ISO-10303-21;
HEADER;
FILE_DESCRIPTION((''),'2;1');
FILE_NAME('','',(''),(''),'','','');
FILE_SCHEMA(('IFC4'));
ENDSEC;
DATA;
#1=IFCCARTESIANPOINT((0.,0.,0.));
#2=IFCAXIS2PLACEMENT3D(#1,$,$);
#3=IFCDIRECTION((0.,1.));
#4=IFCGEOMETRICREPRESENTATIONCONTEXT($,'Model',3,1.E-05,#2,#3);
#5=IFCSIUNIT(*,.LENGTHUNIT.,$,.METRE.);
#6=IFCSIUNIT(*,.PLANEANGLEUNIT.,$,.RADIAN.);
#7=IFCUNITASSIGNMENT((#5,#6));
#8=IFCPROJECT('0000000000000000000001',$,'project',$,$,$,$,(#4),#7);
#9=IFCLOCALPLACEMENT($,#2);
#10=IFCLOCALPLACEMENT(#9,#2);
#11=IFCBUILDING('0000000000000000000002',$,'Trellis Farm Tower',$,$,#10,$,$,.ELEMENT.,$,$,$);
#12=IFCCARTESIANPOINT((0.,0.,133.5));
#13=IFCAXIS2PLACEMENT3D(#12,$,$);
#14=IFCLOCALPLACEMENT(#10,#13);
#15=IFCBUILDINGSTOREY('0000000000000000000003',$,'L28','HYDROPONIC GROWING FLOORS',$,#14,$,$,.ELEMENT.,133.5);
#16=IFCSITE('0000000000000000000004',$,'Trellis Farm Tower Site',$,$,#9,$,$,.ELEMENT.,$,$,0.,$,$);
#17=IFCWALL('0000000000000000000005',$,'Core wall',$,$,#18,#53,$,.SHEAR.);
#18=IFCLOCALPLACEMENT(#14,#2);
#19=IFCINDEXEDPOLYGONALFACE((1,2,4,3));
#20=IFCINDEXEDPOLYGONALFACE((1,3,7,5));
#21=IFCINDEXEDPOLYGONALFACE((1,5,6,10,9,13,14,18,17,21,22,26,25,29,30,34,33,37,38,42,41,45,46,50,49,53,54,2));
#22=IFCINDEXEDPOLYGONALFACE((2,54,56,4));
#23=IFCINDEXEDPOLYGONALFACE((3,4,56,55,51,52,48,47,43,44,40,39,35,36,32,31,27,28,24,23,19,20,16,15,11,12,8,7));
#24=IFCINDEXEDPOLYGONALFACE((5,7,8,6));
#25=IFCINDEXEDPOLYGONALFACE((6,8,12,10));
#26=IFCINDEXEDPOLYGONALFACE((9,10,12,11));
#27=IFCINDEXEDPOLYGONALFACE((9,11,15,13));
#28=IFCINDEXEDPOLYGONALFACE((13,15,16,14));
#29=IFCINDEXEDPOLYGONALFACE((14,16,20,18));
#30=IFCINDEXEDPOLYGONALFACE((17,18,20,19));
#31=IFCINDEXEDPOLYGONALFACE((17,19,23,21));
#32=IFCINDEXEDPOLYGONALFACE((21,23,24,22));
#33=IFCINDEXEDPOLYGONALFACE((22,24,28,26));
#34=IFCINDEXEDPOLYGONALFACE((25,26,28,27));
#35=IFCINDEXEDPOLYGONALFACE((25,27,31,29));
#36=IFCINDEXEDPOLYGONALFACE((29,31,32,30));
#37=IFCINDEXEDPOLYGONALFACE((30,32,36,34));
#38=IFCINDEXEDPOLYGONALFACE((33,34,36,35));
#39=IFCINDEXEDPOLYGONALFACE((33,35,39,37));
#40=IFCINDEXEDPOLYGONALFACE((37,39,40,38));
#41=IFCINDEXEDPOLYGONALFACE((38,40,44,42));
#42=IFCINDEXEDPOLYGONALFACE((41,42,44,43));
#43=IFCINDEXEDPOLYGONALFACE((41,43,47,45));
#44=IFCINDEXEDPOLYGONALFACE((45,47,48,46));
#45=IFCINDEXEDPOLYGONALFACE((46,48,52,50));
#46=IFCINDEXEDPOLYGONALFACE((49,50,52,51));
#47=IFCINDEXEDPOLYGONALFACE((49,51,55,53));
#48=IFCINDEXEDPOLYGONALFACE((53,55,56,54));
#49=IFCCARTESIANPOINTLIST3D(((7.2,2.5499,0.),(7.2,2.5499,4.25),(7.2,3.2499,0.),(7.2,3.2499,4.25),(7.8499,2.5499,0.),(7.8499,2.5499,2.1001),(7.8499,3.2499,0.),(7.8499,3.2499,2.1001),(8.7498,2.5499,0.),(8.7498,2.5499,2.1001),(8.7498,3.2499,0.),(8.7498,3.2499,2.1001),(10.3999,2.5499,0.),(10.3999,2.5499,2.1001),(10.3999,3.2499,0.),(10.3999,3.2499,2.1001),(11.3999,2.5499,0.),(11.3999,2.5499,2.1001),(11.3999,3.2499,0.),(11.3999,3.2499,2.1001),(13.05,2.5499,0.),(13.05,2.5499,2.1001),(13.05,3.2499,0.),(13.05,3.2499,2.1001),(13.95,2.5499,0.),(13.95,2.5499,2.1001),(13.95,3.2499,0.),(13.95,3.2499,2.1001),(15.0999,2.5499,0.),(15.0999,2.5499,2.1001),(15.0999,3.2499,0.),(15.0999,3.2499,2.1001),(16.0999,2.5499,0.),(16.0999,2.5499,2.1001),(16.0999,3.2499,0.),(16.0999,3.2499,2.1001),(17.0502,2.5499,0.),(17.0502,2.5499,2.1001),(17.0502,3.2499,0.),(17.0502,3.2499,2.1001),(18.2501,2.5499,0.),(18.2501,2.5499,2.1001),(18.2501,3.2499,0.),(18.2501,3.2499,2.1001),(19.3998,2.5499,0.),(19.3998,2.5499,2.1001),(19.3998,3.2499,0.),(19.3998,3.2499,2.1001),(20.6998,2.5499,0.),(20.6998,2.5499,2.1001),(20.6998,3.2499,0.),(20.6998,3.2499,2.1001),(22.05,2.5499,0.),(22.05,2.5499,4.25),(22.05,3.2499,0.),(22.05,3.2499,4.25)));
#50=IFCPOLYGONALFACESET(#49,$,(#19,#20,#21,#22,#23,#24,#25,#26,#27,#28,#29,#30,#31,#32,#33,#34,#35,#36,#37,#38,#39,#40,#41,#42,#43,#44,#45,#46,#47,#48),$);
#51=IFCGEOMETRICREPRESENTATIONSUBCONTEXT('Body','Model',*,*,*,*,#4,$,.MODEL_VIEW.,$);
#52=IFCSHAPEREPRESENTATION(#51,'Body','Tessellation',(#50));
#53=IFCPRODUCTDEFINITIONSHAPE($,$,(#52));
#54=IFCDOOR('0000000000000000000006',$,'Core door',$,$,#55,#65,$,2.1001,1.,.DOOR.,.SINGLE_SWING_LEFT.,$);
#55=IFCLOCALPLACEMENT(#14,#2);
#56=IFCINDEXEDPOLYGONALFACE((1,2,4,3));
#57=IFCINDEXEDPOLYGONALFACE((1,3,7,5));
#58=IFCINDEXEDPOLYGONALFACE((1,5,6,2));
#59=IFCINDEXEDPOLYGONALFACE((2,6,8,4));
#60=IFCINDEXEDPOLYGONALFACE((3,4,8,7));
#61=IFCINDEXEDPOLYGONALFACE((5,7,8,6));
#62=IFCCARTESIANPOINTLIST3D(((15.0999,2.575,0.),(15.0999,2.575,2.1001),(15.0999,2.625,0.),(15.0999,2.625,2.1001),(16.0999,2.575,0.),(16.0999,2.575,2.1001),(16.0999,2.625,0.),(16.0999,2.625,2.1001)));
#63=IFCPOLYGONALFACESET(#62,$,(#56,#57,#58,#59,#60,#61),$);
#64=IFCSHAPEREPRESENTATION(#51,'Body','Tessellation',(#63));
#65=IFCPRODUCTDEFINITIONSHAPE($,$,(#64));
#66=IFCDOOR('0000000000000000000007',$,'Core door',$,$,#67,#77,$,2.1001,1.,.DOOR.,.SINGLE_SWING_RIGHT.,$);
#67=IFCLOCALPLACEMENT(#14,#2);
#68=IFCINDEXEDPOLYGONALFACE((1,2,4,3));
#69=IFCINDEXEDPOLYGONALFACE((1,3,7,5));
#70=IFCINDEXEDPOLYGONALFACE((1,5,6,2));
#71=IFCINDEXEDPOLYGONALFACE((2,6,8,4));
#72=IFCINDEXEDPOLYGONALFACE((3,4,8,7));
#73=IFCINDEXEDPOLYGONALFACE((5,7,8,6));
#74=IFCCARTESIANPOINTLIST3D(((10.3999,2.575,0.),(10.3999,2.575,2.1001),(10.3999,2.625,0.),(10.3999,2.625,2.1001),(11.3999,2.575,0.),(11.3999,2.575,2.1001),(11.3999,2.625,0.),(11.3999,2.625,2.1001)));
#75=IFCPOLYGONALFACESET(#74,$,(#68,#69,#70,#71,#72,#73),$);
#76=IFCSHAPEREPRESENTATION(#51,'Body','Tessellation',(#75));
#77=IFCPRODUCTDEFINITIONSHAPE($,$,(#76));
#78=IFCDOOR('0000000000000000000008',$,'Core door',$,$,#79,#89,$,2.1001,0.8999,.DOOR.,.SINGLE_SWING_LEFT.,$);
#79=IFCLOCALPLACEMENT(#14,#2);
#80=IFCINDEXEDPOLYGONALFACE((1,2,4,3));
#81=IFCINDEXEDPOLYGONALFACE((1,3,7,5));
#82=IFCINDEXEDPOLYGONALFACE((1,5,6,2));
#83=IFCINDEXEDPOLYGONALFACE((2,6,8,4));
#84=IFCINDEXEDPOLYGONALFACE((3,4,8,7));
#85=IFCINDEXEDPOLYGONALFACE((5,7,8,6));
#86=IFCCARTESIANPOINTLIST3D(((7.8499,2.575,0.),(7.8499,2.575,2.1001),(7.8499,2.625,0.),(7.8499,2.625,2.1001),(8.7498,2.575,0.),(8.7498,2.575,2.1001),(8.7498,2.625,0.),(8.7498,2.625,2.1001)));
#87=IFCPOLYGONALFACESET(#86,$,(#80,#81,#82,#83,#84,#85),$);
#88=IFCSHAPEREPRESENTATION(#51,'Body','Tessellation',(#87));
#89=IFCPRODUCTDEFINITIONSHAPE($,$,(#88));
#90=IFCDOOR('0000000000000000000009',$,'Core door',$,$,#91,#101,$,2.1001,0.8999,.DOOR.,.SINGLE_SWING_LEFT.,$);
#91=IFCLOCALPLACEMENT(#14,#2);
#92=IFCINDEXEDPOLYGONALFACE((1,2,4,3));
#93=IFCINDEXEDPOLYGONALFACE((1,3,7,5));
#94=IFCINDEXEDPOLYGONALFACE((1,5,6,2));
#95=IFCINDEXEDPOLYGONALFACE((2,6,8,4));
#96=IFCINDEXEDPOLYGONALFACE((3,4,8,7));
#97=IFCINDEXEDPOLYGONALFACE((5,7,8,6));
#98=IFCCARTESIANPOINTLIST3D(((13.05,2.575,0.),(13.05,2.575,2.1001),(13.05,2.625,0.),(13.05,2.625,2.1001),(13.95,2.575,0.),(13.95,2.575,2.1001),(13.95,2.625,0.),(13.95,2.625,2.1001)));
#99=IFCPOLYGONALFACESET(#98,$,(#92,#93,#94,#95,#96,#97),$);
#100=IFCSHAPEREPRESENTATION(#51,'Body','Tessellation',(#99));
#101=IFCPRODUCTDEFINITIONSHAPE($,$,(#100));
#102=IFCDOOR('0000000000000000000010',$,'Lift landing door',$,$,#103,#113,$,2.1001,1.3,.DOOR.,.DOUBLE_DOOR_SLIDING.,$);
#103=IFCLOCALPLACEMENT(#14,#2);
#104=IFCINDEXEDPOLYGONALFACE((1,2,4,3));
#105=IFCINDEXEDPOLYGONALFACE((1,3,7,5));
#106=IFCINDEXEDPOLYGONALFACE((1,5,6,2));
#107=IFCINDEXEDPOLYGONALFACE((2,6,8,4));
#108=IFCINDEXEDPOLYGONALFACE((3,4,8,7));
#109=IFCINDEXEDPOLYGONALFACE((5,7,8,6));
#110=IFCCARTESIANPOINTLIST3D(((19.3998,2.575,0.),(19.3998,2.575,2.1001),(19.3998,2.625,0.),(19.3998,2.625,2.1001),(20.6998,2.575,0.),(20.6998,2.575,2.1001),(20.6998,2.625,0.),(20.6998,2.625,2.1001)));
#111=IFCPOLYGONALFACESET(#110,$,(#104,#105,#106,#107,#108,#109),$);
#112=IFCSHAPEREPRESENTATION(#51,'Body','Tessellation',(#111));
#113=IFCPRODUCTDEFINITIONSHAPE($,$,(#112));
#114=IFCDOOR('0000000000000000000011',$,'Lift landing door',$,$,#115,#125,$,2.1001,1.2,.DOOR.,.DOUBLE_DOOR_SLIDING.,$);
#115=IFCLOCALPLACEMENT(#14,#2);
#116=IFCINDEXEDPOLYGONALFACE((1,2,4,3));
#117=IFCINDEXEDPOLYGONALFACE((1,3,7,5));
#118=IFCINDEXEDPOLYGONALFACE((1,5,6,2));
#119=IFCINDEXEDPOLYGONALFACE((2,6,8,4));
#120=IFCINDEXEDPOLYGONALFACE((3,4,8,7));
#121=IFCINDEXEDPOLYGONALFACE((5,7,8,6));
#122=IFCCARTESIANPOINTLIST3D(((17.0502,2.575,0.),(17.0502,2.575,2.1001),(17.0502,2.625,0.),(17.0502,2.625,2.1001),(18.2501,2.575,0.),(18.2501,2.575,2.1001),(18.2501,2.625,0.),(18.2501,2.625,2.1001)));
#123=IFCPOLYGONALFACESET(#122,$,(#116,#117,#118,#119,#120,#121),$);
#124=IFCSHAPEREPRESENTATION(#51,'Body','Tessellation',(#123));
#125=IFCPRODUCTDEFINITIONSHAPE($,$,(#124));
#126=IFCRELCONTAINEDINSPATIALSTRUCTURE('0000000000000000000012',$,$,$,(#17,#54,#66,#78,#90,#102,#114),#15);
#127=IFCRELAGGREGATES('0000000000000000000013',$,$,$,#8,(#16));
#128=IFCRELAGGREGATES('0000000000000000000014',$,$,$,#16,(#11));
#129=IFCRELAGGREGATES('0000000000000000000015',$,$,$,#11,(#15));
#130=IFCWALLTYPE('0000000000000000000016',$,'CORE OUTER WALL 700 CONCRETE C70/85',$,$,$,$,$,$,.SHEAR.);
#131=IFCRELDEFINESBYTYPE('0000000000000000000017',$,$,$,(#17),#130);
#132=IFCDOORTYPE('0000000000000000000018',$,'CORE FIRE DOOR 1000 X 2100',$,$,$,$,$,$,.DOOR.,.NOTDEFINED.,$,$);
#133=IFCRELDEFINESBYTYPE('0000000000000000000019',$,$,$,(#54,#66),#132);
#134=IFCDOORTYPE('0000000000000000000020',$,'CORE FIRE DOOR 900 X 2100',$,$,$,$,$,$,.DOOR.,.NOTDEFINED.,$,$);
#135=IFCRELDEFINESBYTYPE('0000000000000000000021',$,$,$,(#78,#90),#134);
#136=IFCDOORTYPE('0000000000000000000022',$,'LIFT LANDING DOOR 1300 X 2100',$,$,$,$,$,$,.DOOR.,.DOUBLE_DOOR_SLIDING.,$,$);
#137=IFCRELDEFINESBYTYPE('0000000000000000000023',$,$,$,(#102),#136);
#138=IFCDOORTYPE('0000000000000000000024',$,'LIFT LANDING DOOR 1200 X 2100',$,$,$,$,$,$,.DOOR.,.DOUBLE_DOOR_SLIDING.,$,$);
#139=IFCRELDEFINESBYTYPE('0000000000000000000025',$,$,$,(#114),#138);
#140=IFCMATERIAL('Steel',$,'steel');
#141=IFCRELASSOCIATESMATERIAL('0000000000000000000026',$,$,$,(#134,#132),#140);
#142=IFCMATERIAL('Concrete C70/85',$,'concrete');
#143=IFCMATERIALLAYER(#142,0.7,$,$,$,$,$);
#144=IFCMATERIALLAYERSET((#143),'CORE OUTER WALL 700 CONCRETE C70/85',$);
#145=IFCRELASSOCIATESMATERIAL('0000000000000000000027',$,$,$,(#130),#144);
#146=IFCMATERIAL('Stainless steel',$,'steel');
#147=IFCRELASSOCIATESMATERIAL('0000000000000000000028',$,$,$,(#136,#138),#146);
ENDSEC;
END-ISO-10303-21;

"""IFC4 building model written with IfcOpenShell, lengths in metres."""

from ifc_helpers import new_model, si_unit, direction, frame, frame_2d, origin, place, context, subcontext, project, spatial, rectangle, extrude, source, transform, mapped, material, layer, layer_set, type_object, element, fill, save


model = new_model("IFC4")

# Units and contexts
model_context = context("Model", 3, precision=1e-05, world=origin(), true_north=direction((0.0, 1.0)))
body_context = subcontext(model_context, "Body", "Model", "MODEL_VIEW")
ifc_project = project(units=[si_unit("LENGTHUNIT", "METRE"), si_unit("PLANEANGLEUNIT", "RADIAN")], contexts=[model_context])

# Site, building, storey
site_placement = place(None, origin())
site = spatial("IfcSite", under=ifc_project, at=site_placement, Name="Trellis Farm Tower Site", CompositionType="ELEMENT", RefElevation=0.0)
building_placement = place(site_placement, origin())
building = spatial("IfcBuilding", under=site, at=building_placement, Name="Trellis Farm Tower", CompositionType="ELEMENT")
storey_placement = place(building_placement, frame((0.0, 0.0, 133.5)))
storey = spatial("IfcBuildingStorey", under=building, at=storey_placement, Name="L28", Description="HYDROPONIC GROWING FLOORS", CompositionType="ELEMENT", Elevation=133.5)

# Shared definitions
ifc_material_1 = material(Name="Concrete C70/85", Category="concrete")

# Shared definitions
ifc_material_2 = material(Name="Steel", Category="steel")
door_type_1 = type_object("IfcDoorType", Name="CORE FIRE DOOR 900 X 2100", OperationType="NOTDEFINED", PredefinedType="DOOR", material=ifc_material_2)

# Wall, openings, doors
ifc_layer_1 = layer(ifc_material_1, 0.7)
ifc_layer_set_1 = layer_set([ifc_layer_1], Name="CORE OUTER WALL 700 CONCRETE C70/85")
wall_type_1 = type_object("IfcWallType", Name="CORE OUTER WALL 700 CONCRETE C70/85", PredefinedType="SHEAR", material=ifc_layer_set_1)
shared_shape_1 = source(origin(), body_context, "Body", "SweptSolid", [
    extrude(rectangle(XDim=14.8501, YDim=0.7, at=frame_2d((7.425, 0.0))), origin(), (0.0, 0.0, 1.0), 4.25),
])
wall_1_placement = place(storey_placement, frame((7.2, 2.8999, 0.0), z_axis=(0.0, 0.0, 1.0), x_axis=(1.0, 0.0, 0.0)))
wall_1 = element("IfcWall", 1, at=wall_1_placement, inside=storey, type_object=wall_type_1, Name="Core wall", PredefinedType="SHEAR", context=body_context, shape_type="MappedRepresentation", body=[
    mapped(shared_shape_1, transform((0.0, 0.0, 0.0))),
])
shared_shape_2 = source(origin(), body_context, "Body", "SweptSolid", [
    extrude(rectangle(XDim=1.3, YDim=2.1001, at=frame_2d((0.6499, 1.05))), frame((0.0, 0.3601, 0.0), z_axis=(0.0, -1.0, 0.0), x_axis=(1.0, 0.0, 0.0)), (0.0, 0.0, 1.0), 0.7202),
])
opening_1_placement = place(wall_1_placement, frame((12.2, 0.0, 0.0)))
opening_1 = element("IfcOpeningElement", 2, at=opening_1_placement, cuts=wall_1, PredefinedType="OPENING", context=body_context, shape_type="MappedRepresentation", body=[
    mapped(shared_shape_2, transform((0.0, 0.0, 0.0))),
])
shared_shape_3 = source(origin(), body_context, "Body", "SweptSolid", [
    extrude(rectangle(XDim=1.2, YDim=2.1001, at=frame_2d((0.6001, 1.05))), frame((0.0, 0.3601, 0.0), z_axis=(0.0, -1.0, 0.0), x_axis=(1.0, 0.0, 0.0)), (0.0, 0.0, 1.0), 0.7202),
])
opening_2_placement = place(wall_1_placement, frame((9.8501, 0.0, 0.0)))
opening_2 = element("IfcOpeningElement", 3, at=opening_2_placement, cuts=wall_1, PredefinedType="OPENING", context=body_context, shape_type="MappedRepresentation", body=[
    mapped(shared_shape_3, transform((0.0, 0.0, 0.0))),
])
shared_shape_4 = source(origin(), body_context, "Body", "SweptSolid", [
    extrude(rectangle(XDim=1.0, YDim=2.1001, at=frame_2d((0.5, 1.05))), frame((0.0, 0.3601, 0.0), z_axis=(0.0, -1.0, 0.0), x_axis=(1.0, 0.0, 0.0)), (0.0, 0.0, 1.0), 0.7202),
])
opening_3_placement = place(wall_1_placement, frame((7.8999, 0.0, 0.0)))
opening_3 = element("IfcOpeningElement", 4, at=opening_3_placement, cuts=wall_1, PredefinedType="OPENING", context=body_context, shape_type="MappedRepresentation", body=[
    mapped(shared_shape_4, transform((0.0, 0.0, 0.0))),
])
shared_shape_5 = source(origin(), body_context, "Body", "SweptSolid", [
    extrude(rectangle(XDim=0.8999, YDim=2.1001, at=frame_2d((0.45, 1.05))), frame((0.0, 0.3601, 0.0), z_axis=(0.0, -1.0, 0.0), x_axis=(1.0, 0.0, 0.0)), (0.0, 0.0, 1.0), 0.7202),
])
opening_4_placement = place(wall_1_placement, frame((0.6499, 0.0, 0.0)))
opening_4 = element("IfcOpeningElement", 5, at=opening_4_placement, cuts=wall_1, PredefinedType="OPENING", context=body_context, shape_type="MappedRepresentation", body=[
    mapped(shared_shape_5, transform((0.0, 0.0, 0.0))),
])
opening_5_placement = place(wall_1_placement, frame((3.2, 0.0, 0.0)))
opening_5 = element("IfcOpeningElement", 6, at=opening_5_placement, cuts=wall_1, PredefinedType="OPENING", context=body_context, shape_type="MappedRepresentation", body=[
    mapped(shared_shape_4, transform((0.0, 0.0, 0.0))),
])
opening_6_placement = place(wall_1_placement, frame((5.8501, 0.0, 0.0)))
opening_6 = element("IfcOpeningElement", 7, at=opening_6_placement, cuts=wall_1, PredefinedType="OPENING", context=body_context, shape_type="MappedRepresentation", body=[
    mapped(shared_shape_5, transform((0.0, 0.0, 0.0))),
])
door_type_2 = type_object("IfcDoorType", Name="CORE FIRE DOOR 1000 X 2100", OperationType="NOTDEFINED", PredefinedType="DOOR", material=ifc_material_2)
shared_shape_6 = source(origin(), body_context, "Body", "SweptSolid", [
    extrude(rectangle(XDim=1.0, YDim=2.1001, at=frame_2d((0.5, 1.05))), frame((0.0, -0.2749, 0.0), z_axis=(0.0, -1.0, 0.0), x_axis=(1.0, 0.0, 0.0)), (0.0, 0.0, 1.0), 0.05),
])
door_1_placement = place(opening_3_placement, origin())
door_1 = element("IfcDoor", 8, at=door_1_placement, inside=storey, type_object=door_type_2, Name="Core door", OperationType="SINGLE_SWING_LEFT", OverallHeight=2.1001, OverallWidth=1.0, PredefinedType="DOOR", context=body_context, shape_type="MappedRepresentation", body=[
    mapped(shared_shape_6, transform((0.0, 0.0, 0.0))),
])
fill(opening_3, door_1)
door_2_placement = place(opening_5_placement, origin())
door_2 = element("IfcDoor", 9, at=door_2_placement, inside=storey, type_object=door_type_2, Name="Core door", OperationType="SINGLE_SWING_RIGHT", OverallHeight=2.1001, OverallWidth=1.0, PredefinedType="DOOR", context=body_context, shape_type="MappedRepresentation", body=[
    mapped(shared_shape_6, transform((0.0, 0.0, 0.0))),
])
fill(opening_5, door_2)
shared_shape_7 = source(origin(), body_context, "Body", "SweptSolid", [
    extrude(rectangle(XDim=0.8999, YDim=2.1001, at=frame_2d((0.45, 1.05))), frame((0.0, -0.2749, 0.0), z_axis=(0.0, -1.0, 0.0), x_axis=(1.0, 0.0, 0.0)), (0.0, 0.0, 1.0), 0.05),
])
door_3_placement = place(opening_4_placement, origin())
door_3 = element("IfcDoor", 10, at=door_3_placement, inside=storey, type_object=door_type_1, Name="Core door", OperationType="SINGLE_SWING_LEFT", OverallHeight=2.1001, OverallWidth=0.8999, PredefinedType="DOOR", context=body_context, shape_type="MappedRepresentation", body=[
    mapped(shared_shape_7, transform((0.0, 0.0, 0.0))),
])
fill(opening_4, door_3)
door_4_placement = place(opening_6_placement, origin())
door_4 = element("IfcDoor", 11, at=door_4_placement, inside=storey, type_object=door_type_1, Name="Core door", OperationType="SINGLE_SWING_LEFT", OverallHeight=2.1001, OverallWidth=0.8999, PredefinedType="DOOR", context=body_context, shape_type="MappedRepresentation", body=[
    mapped(shared_shape_7, transform((0.0, 0.0, 0.0))),
])
fill(opening_6, door_4)
ifc_material_3 = material(Name="Stainless steel", Category="steel")
door_type_3 = type_object("IfcDoorType", Name="LIFT LANDING DOOR 1300 X 2100", OperationType="DOUBLE_DOOR_SLIDING", PredefinedType="DOOR", material=ifc_material_3)
shared_shape_8 = source(origin(), body_context, "Body", "SweptSolid", [
    extrude(rectangle(XDim=1.3, YDim=2.1001, at=frame_2d((0.6499, 1.05))), frame((0.0, -0.2749, 0.0), z_axis=(0.0, -1.0, 0.0), x_axis=(1.0, 0.0, 0.0)), (0.0, 0.0, 1.0), 0.05),
])
door_5_placement = place(opening_1_placement, origin())
door_5 = element("IfcDoor", 12, at=door_5_placement, inside=storey, type_object=door_type_3, Name="Lift landing door", OperationType="DOUBLE_DOOR_SLIDING", OverallHeight=2.1001, OverallWidth=1.3, PredefinedType="DOOR", context=body_context, shape_type="MappedRepresentation", body=[
    mapped(shared_shape_8, transform((0.0, 0.0, 0.0))),
])
fill(opening_1, door_5)
door_type_4 = type_object("IfcDoorType", Name="LIFT LANDING DOOR 1200 X 2100", OperationType="DOUBLE_DOOR_SLIDING", PredefinedType="DOOR", material=ifc_material_3)
shared_shape_9 = source(origin(), body_context, "Body", "SweptSolid", [
    extrude(rectangle(XDim=1.2, YDim=2.1001, at=frame_2d((0.6001, 1.05))), frame((0.0, -0.2749, 0.0), z_axis=(0.0, -1.0, 0.0), x_axis=(1.0, 0.0, 0.0)), (0.0, 0.0, 1.0), 0.05),
])
door_6_placement = place(opening_2_placement, origin())
door_6 = element("IfcDoor", 13, at=door_6_placement, inside=storey, type_object=door_type_4, Name="Lift landing door", OperationType="DOUBLE_DOOR_SLIDING", OverallHeight=2.1001, OverallWidth=1.2, PredefinedType="DOOR", context=body_context, shape_type="MappedRepresentation", body=[
    mapped(shared_shape_9, transform((0.0, 0.0, 0.0))),
])
fill(opening_2, door_6)

save(model, "model.ifc")
